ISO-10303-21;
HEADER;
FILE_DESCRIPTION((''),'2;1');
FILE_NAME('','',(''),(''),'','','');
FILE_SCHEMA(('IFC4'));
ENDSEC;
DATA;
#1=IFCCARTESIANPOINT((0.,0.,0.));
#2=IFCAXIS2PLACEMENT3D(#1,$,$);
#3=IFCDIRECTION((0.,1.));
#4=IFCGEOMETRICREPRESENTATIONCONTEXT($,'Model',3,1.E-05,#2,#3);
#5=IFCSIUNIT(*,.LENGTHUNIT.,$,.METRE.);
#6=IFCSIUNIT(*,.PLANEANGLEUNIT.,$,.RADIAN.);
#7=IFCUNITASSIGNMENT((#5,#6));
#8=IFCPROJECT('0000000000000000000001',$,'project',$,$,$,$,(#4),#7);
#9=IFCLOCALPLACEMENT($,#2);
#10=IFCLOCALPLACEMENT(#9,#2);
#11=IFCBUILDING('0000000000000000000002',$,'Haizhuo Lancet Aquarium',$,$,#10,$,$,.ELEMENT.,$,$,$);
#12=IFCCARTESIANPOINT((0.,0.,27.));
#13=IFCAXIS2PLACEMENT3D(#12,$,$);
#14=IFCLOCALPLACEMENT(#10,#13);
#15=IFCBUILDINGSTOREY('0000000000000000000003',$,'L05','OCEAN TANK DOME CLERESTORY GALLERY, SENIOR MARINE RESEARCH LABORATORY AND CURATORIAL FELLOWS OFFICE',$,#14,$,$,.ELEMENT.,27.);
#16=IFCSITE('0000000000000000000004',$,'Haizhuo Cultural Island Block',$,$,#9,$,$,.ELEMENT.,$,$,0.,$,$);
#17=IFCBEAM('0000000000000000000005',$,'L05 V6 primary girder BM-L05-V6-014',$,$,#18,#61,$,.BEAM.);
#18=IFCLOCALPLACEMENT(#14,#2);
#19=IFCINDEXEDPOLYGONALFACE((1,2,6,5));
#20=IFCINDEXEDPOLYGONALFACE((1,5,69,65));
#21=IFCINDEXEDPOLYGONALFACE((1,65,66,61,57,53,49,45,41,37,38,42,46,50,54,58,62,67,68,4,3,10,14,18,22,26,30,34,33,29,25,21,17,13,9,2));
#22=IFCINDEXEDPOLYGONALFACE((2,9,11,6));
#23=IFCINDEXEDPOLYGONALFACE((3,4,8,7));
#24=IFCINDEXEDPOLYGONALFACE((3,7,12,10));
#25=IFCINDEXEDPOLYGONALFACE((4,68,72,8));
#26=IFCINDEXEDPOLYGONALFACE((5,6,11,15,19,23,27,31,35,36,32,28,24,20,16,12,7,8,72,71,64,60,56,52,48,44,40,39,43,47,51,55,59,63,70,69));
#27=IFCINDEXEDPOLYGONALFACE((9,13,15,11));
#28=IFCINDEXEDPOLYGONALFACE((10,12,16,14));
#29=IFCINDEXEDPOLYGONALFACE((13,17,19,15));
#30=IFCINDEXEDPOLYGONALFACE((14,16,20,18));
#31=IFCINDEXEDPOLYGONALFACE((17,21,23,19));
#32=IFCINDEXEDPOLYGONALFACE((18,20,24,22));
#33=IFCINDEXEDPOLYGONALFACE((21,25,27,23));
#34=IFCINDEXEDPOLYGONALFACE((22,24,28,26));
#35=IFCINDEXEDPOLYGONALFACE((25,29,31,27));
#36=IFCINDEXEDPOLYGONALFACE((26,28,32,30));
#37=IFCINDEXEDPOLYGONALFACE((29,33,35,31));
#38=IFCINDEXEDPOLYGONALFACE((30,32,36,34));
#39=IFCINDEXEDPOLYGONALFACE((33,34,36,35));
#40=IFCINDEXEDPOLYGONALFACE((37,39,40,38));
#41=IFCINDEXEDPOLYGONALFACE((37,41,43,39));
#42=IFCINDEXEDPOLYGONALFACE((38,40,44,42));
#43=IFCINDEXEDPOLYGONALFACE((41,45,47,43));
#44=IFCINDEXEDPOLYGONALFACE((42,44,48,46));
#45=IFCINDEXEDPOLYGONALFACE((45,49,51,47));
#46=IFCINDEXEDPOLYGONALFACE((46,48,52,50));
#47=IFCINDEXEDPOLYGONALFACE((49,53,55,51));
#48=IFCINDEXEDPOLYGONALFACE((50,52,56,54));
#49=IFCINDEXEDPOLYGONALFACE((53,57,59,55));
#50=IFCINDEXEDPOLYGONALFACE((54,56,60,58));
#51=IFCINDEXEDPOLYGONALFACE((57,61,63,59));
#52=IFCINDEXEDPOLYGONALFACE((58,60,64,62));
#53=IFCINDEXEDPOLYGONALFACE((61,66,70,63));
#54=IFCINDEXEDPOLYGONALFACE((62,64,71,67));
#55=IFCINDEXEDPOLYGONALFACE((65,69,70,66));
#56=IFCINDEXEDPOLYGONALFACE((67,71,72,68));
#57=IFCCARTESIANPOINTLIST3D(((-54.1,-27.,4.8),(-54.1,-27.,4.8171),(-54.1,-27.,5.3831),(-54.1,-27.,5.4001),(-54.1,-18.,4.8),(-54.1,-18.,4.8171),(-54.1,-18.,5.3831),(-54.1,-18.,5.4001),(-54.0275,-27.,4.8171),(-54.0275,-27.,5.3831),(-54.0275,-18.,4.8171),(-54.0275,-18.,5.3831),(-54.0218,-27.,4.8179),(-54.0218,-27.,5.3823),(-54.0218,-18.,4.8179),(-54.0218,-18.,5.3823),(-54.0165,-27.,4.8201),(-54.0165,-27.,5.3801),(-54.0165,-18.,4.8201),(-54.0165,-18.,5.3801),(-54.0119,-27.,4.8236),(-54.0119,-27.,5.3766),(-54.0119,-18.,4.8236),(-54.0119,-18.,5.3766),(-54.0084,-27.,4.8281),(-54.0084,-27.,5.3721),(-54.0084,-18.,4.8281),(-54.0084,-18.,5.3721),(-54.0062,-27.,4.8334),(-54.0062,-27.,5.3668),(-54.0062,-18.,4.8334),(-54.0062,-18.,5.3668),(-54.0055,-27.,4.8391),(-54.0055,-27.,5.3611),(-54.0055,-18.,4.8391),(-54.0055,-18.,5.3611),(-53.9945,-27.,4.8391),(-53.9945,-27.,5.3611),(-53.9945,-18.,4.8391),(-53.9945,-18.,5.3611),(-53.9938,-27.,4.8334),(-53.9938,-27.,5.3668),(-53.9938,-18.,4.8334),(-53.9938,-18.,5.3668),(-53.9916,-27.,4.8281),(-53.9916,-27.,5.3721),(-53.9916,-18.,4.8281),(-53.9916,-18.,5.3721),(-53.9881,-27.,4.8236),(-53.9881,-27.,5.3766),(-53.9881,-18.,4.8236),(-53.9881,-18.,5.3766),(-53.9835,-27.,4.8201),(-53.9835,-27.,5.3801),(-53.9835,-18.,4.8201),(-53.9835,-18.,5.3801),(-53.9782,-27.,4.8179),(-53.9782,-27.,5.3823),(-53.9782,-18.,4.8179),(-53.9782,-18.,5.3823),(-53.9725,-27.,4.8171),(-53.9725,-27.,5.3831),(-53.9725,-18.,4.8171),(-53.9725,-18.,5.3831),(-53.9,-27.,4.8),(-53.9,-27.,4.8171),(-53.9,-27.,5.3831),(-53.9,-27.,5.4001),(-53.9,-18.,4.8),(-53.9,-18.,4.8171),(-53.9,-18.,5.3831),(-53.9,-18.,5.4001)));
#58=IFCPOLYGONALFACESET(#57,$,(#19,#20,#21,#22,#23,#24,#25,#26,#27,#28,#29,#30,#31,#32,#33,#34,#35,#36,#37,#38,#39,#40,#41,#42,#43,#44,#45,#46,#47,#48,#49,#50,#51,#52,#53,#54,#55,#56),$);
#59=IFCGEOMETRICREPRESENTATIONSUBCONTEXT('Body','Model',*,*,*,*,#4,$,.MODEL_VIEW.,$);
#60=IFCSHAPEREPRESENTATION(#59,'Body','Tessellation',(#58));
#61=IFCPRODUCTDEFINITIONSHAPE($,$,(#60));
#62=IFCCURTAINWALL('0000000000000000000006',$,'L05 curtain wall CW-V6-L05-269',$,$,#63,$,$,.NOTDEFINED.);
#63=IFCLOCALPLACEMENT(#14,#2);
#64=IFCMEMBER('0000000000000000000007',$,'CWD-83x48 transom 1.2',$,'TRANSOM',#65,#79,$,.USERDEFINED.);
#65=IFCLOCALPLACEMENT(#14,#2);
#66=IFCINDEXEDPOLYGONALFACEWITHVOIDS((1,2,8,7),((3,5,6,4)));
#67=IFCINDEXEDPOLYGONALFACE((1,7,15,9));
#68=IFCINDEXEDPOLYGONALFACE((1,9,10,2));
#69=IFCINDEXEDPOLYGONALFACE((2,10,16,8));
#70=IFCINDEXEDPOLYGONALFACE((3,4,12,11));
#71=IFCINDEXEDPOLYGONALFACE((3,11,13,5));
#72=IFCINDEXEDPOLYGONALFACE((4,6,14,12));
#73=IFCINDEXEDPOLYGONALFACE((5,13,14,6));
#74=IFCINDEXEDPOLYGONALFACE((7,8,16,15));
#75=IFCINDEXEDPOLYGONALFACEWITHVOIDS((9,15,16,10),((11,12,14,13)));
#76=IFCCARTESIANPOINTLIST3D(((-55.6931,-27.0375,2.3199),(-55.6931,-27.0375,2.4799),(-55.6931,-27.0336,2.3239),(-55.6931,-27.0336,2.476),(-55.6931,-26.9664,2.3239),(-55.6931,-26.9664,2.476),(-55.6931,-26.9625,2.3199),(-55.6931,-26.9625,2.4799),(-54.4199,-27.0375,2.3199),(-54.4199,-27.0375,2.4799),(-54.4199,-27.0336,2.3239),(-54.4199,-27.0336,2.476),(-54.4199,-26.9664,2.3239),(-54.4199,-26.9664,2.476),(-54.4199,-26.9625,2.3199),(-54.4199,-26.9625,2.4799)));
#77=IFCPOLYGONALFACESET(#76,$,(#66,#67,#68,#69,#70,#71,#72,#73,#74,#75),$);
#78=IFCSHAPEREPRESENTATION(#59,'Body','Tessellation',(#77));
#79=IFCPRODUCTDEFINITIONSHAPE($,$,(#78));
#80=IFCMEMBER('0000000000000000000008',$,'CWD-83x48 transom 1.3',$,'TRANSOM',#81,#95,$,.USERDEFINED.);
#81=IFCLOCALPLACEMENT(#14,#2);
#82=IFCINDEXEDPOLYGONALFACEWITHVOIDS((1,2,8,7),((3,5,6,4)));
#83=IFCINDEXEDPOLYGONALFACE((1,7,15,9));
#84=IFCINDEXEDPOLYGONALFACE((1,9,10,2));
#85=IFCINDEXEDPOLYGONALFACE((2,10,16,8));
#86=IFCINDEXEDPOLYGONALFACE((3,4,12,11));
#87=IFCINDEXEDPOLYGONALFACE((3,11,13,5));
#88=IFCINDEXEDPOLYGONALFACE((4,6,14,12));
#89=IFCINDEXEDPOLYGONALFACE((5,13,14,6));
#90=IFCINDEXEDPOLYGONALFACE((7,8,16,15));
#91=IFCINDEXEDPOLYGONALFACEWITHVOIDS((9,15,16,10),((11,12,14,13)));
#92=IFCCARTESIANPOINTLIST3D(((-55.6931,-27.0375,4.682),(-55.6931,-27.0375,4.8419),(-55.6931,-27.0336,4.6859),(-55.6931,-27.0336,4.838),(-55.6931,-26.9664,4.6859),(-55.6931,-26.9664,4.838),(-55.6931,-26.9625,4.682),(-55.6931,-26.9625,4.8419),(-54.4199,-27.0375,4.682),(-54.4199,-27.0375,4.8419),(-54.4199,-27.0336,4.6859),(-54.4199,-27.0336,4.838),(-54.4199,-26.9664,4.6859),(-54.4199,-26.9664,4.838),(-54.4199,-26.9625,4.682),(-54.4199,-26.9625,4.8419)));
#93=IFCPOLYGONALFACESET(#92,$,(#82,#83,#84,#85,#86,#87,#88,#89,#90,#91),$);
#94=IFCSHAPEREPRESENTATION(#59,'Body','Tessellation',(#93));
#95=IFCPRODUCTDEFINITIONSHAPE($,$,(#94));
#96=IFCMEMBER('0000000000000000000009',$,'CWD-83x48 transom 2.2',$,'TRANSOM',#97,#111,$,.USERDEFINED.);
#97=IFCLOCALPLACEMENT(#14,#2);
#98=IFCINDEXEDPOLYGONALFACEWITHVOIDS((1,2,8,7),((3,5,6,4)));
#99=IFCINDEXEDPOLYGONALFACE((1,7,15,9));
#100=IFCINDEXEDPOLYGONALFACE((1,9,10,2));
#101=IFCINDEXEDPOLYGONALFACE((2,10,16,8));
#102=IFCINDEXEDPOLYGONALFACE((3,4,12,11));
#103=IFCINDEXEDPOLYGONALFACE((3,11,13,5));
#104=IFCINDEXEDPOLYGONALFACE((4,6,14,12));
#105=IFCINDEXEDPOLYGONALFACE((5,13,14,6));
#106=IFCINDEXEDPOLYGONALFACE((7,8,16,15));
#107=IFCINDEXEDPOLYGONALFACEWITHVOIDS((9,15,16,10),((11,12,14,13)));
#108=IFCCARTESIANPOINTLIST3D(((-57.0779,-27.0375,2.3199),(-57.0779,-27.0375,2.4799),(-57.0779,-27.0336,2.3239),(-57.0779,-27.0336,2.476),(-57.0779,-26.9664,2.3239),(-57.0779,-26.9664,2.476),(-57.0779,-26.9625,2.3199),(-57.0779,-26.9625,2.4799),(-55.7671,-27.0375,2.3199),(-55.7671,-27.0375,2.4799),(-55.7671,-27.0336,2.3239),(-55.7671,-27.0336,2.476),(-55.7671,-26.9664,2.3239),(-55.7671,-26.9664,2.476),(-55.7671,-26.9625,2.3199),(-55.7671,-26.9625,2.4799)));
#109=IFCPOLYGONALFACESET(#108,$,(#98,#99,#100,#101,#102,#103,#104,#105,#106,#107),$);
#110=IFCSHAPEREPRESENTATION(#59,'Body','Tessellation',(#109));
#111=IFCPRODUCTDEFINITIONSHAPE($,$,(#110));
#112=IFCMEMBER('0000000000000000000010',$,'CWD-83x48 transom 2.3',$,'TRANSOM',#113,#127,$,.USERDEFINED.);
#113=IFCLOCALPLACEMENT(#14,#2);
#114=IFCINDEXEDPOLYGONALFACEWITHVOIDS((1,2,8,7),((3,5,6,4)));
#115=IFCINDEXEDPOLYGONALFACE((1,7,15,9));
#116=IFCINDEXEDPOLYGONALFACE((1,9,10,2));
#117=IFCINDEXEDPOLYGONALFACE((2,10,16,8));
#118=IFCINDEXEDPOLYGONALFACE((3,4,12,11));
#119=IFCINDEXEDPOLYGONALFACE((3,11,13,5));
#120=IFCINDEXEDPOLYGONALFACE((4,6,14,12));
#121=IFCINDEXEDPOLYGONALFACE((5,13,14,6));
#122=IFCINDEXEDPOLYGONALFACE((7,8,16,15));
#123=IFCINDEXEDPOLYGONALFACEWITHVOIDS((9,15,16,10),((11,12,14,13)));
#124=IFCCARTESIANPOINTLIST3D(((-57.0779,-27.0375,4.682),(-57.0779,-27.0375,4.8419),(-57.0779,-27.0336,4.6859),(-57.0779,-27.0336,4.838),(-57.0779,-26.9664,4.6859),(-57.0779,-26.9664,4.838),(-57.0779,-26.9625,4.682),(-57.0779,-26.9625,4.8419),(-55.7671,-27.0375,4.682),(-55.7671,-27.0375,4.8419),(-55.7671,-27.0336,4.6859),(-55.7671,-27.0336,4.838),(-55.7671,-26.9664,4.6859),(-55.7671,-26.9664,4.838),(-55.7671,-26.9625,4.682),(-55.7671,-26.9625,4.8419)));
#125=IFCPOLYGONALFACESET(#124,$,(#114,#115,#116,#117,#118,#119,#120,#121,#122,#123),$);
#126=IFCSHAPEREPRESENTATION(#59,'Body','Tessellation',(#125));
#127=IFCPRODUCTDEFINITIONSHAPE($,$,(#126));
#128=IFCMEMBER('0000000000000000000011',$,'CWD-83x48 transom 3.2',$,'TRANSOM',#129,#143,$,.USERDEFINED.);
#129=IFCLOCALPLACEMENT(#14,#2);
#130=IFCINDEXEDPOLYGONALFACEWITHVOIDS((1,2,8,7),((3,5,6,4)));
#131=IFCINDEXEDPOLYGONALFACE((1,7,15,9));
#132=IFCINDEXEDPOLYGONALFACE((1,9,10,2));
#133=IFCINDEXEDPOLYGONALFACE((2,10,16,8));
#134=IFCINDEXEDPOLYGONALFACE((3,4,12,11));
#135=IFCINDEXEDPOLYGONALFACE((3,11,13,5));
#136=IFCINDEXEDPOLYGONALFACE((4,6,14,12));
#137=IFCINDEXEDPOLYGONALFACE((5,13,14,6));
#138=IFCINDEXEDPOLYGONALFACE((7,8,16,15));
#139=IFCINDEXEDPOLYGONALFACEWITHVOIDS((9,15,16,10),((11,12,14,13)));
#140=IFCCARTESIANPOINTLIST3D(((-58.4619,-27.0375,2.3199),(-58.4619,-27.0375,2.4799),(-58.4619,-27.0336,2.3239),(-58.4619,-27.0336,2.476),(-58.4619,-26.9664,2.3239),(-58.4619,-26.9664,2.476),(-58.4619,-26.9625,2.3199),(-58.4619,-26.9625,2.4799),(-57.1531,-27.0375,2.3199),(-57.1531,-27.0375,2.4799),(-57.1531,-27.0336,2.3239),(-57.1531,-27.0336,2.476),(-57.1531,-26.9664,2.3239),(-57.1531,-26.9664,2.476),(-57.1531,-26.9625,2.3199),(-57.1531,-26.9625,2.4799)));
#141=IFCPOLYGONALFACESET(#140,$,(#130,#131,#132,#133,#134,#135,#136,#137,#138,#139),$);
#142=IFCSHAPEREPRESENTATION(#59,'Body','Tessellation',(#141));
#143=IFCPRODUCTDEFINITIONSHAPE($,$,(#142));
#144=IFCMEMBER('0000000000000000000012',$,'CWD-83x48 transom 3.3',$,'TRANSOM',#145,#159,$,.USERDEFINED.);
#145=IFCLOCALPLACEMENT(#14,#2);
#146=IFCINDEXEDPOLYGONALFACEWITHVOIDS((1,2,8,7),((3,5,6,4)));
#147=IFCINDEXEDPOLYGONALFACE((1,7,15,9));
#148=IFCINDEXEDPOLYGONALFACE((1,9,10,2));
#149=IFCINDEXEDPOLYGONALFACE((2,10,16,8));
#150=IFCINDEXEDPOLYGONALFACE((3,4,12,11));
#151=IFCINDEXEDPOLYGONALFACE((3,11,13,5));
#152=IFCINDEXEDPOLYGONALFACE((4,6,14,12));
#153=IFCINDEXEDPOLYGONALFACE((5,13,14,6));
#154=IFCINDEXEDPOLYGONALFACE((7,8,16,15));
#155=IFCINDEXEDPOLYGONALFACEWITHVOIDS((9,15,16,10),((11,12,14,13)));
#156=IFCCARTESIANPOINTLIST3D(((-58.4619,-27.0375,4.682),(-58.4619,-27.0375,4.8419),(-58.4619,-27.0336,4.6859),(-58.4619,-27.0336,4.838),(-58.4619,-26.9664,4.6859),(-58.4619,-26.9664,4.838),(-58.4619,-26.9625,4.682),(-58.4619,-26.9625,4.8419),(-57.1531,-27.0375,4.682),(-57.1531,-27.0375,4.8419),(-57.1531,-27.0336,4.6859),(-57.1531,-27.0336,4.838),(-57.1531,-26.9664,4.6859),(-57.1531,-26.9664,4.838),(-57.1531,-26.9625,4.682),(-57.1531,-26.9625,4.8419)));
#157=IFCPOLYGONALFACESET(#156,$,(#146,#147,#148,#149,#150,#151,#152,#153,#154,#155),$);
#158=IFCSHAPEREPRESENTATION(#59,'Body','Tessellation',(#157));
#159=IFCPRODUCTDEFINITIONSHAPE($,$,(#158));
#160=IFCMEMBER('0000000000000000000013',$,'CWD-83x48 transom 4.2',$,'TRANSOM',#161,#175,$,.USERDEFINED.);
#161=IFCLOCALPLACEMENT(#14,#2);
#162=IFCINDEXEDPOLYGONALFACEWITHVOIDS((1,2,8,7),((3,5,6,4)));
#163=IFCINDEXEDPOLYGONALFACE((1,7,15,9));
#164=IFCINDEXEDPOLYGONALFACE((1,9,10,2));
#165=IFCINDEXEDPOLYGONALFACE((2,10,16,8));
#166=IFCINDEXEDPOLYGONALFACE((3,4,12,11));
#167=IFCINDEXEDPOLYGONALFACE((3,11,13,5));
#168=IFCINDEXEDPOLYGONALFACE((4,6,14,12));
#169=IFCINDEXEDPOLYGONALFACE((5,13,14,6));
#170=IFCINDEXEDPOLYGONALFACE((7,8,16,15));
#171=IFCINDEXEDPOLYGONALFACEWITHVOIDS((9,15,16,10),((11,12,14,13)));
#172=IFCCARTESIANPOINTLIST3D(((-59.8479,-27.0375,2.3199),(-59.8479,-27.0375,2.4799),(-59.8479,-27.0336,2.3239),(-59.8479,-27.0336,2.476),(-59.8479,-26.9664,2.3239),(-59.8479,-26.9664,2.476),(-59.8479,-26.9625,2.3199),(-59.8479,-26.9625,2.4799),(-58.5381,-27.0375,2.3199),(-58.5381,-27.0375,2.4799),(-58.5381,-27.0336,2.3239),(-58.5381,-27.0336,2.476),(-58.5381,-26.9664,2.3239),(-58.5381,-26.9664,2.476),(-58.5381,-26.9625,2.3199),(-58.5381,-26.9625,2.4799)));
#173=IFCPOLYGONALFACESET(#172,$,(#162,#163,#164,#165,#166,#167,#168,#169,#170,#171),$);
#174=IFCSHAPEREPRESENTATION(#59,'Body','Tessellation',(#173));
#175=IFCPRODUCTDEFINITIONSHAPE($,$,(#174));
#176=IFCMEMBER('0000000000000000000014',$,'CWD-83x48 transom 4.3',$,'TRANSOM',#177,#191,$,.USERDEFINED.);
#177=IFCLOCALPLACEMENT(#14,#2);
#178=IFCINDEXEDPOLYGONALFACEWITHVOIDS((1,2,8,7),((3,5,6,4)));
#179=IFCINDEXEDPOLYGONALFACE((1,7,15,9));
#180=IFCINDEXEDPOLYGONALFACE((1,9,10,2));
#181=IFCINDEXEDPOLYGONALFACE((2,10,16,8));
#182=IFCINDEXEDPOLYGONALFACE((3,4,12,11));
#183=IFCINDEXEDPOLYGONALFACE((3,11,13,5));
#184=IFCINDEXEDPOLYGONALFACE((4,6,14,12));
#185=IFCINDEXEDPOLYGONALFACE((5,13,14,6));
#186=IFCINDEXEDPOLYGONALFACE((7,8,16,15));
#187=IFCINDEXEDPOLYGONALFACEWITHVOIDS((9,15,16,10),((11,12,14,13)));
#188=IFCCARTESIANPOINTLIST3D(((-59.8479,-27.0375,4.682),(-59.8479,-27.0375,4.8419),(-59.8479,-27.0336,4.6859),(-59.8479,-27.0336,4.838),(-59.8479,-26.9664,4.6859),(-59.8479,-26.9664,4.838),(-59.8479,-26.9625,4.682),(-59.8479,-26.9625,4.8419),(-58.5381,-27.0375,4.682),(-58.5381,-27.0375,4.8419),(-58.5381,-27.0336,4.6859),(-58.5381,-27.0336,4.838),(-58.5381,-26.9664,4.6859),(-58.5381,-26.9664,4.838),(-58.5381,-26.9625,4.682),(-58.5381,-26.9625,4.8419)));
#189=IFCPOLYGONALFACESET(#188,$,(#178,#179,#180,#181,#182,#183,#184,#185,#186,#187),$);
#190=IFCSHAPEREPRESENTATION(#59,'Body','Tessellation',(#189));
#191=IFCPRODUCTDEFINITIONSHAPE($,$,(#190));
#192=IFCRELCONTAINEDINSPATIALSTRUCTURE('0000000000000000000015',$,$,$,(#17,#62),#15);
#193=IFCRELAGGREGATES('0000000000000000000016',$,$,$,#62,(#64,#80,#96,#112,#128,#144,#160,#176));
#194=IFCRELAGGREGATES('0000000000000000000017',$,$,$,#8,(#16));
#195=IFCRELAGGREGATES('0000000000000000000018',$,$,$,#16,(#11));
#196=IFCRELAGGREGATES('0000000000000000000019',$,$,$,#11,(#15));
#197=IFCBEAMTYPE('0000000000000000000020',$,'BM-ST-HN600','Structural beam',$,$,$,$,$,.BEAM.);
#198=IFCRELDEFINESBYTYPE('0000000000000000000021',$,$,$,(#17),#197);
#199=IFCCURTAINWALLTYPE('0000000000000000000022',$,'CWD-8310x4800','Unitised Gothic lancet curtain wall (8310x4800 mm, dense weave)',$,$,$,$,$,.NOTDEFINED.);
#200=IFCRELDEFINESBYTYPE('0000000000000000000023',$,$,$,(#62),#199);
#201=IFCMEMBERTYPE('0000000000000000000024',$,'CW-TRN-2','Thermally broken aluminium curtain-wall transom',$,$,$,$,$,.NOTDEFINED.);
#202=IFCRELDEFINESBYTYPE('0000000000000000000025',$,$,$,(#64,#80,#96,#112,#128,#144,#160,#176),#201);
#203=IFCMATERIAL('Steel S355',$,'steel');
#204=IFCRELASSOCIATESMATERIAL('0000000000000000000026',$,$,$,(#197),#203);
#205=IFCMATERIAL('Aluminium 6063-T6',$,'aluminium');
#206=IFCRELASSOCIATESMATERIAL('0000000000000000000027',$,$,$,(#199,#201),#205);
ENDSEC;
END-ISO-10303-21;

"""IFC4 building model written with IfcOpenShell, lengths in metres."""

from ifc_helpers import new_model, si_unit, direction, frame, origin, origin_2d, place, context, subcontext, project, spatial, hollow_rectangle, i_section, extrude, material, material_profile, profile_set, type_object, element, aggregate, save


model = new_model("IFC4")

# Units and contexts
model_context = context("Model", 3, precision=1e-05, world=origin(), true_north=direction((0.0, 1.0)))
body_context = subcontext(model_context, "Body", "Model", "MODEL_VIEW")
ifc_project = project(units=[si_unit("LENGTHUNIT", "METRE"), si_unit("PLANEANGLEUNIT", "RADIAN")], contexts=[model_context])

# Site, building, storey
site_placement = place(None, origin())
site = spatial("IfcSite", under=ifc_project, at=site_placement, Name="Haizhuo Cultural Island Block", CompositionType="ELEMENT", RefElevation=0.0)
building_placement = place(site_placement, origin())
building = spatial("IfcBuilding", under=site, at=building_placement, Name="Haizhuo Lancet Aquarium", CompositionType="ELEMENT")
storey_placement = place(building_placement, frame((0.0, 0.0, 27.0)))
storey = spatial("IfcBuildingStorey", under=building, at=storey_placement, Name="L05", Description="OCEAN TANK DOME CLERESTORY GALLERY, SENIOR MARINE RESEARCH LABORATORY AND CURATORIAL FELLOWS OFFICE", CompositionType="ELEMENT", Elevation=27.0)

# Beam
ifc_material_1 = material(Name="Steel S355", Category="steel")
ifc_material_profile_1 = material_profile(ifc_material_1, i_section(OverallWidth=0.2, OverallDepth=0.6001, WebThickness=0.011, FlangeThickness=0.0171, FilletRadius=0.022, at=origin_2d()), Name="HN 600x200x11x17")
ifc_profile_set_1 = profile_set([ifc_material_profile_1], Name="Steel S355")
beam_type = type_object("IfcBeamType", Name="BM-ST-HN600", Description="Structural beam", PredefinedType="BEAM", material=ifc_profile_set_1)
beam_placement = place(storey_placement, frame((-54.0, -27.0, 5.1001), z_axis=(0.0, 1.0, 0.0), x_axis=(-1.0, 0.0, 0.0)))
element("IfcBeam", 1, at=beam_placement, inside=storey, type_object=beam_type, Name="L05 V6 primary girder BM-L05-V6-014", PredefinedType="BEAM", context=body_context, shape_type="SweptSolid", body=[
    extrude(i_section(OverallWidth=0.2, OverallDepth=0.6001, WebThickness=0.011, FlangeThickness=0.0171, FilletRadius=0.022, at=origin_2d()), origin(), (0.0, 0.0, 1.0), 9.0),
])

# Curtain wall, members
ifc_material_2 = material(Name="Aluminium 6063-T6", Category="aluminium")
curtain_wall_type = type_object("IfcCurtainWallType", Name="CWD-8310x4800", Description="Unitised Gothic lancet curtain wall (8310x4800 mm, dense weave)", PredefinedType="NOTDEFINED", material=ifc_material_2)
curtain_wall_placement = place(storey_placement, origin())
curtain_wall = element("IfcCurtainWall", 2, at=curtain_wall_placement, inside=storey, type_object=curtain_wall_type, Name="L05 curtain wall CW-V6-L05-269", PredefinedType="NOTDEFINED")
ifc_material_profile_2 = material_profile(ifc_material_2, hollow_rectangle(XDim=0.075, YDim=0.1599, WallThickness=0.0039, at=origin_2d()), Name="ALU-T 75x160x4")
ifc_profile_set_2 = profile_set([ifc_material_profile_2], Name="Aluminium 6063-T6")
member_type_1 = type_object("IfcMemberType", Name="CW-TRN-2", Description="Thermally broken aluminium curtain-wall transom", PredefinedType="NOTDEFINED", material=ifc_profile_set_2)
member_1_placement = place(storey_placement, frame((-54.4199, -27.0, 2.3999), z_axis=(-1.0, 0.0, 0.0), x_axis=(0.0, -1.0, 0.0)))
member_1 = element("IfcMember", 3, at=member_1_placement, type_object=member_type_1, Name="CWD-83x48 transom 1.2", ObjectType="TRANSOM", PredefinedType="USERDEFINED", context=body_context, shape_type="SweptSolid", body=[
    extrude(hollow_rectangle(XDim=0.075, YDim=0.1599, WallThickness=0.0039, at=origin_2d()), origin(), (0.0, 0.0, 1.0), 1.2732),
])
member_2_placement = place(storey_placement, frame((-54.4199, -27.0, 4.762), z_axis=(-1.0, 0.0, 0.0), x_axis=(0.0, -1.0, 0.0)))
member_2 = element("IfcMember", 4, at=member_2_placement, type_object=member_type_1, Name="CWD-83x48 transom 1.3", ObjectType="TRANSOM", PredefinedType="USERDEFINED", context=body_context, shape_type="SweptSolid", body=[
    extrude(hollow_rectangle(XDim=0.075, YDim=0.1599, WallThickness=0.0039, at=origin_2d()), origin(), (0.0, 0.0, 1.0), 1.2732),
])
member_3_placement = place(storey_placement, frame((-55.7671, -27.0, 2.3999), z_axis=(-1.0, 0.0, 0.0), x_axis=(0.0, -1.0, 0.0)))
member_3 = element("IfcMember", 5, at=member_3_placement, type_object=member_type_1, Name="CWD-83x48 transom 2.2", ObjectType="TRANSOM", PredefinedType="USERDEFINED", context=body_context, shape_type="SweptSolid", body=[
    extrude(hollow_rectangle(XDim=0.075, YDim=0.1599, WallThickness=0.0039, at=origin_2d()), origin(), (0.0, 0.0, 1.0), 1.3108),
])
member_4_placement = place(storey_placement, frame((-55.7671, -27.0, 4.762), z_axis=(-1.0, 0.0, 0.0), x_axis=(0.0, -1.0, 0.0)))
member_4 = element("IfcMember", 6, at=member_4_placement, type_object=member_type_1, Name="CWD-83x48 transom 2.3", ObjectType="TRANSOM", PredefinedType="USERDEFINED", context=body_context, shape_type="SweptSolid", body=[
    extrude(hollow_rectangle(XDim=0.075, YDim=0.1599, WallThickness=0.0039, at=origin_2d()), origin(), (0.0, 0.0, 1.0), 1.3108),
])
member_5_placement = place(storey_placement, frame((-57.1531, -27.0, 2.3999), z_axis=(-1.0, 0.0, 0.0), x_axis=(0.0, -1.0, 0.0)))
member_5 = element("IfcMember", 7, at=member_5_placement, type_object=member_type_1, Name="CWD-83x48 transom 3.2", ObjectType="TRANSOM", PredefinedType="USERDEFINED", context=body_context, shape_type="SweptSolid", body=[
    extrude(hollow_rectangle(XDim=0.075, YDim=0.1599, WallThickness=0.0039, at=origin_2d()), origin(), (0.0, 0.0, 1.0), 1.3088),
])
member_6_placement = place(storey_placement, frame((-57.1531, -27.0, 4.762), z_axis=(-1.0, 0.0, 0.0), x_axis=(0.0, -1.0, 0.0)))
member_6 = element("IfcMember", 8, at=member_6_placement, type_object=member_type_1, Name="CWD-83x48 transom 3.3", ObjectType="TRANSOM", PredefinedType="USERDEFINED", context=body_context, shape_type="SweptSolid", body=[
    extrude(hollow_rectangle(XDim=0.075, YDim=0.1599, WallThickness=0.0039, at=origin_2d()), origin(), (0.0, 0.0, 1.0), 1.3088),
])
member_7_placement = place(storey_placement, frame((-58.5381, -27.0, 2.3999), z_axis=(-1.0, 0.0, 0.0), x_axis=(0.0, -1.0, 0.0)))
member_7 = element("IfcMember", 9, at=member_7_placement, type_object=member_type_1, Name="CWD-83x48 transom 4.2", ObjectType="TRANSOM", PredefinedType="USERDEFINED", context=body_context, shape_type="SweptSolid", body=[
    extrude(hollow_rectangle(XDim=0.075, YDim=0.1599, WallThickness=0.0039, at=origin_2d()), origin(), (0.0, 0.0, 1.0), 1.3098),
])
member_8_placement = place(storey_placement, frame((-58.5381, -27.0, 4.762), z_axis=(-1.0, 0.0, 0.0), x_axis=(0.0, -1.0, 0.0)))
member_8 = element("IfcMember", 10, at=member_8_placement, type_object=member_type_1, Name="CWD-83x48 transom 4.3", ObjectType="TRANSOM", PredefinedType="USERDEFINED", context=body_context, shape_type="SweptSolid", body=[
    extrude(hollow_rectangle(XDim=0.075, YDim=0.1599, WallThickness=0.0039, at=origin_2d()), origin(), (0.0, 0.0, 1.0), 1.3098),
])

aggregate(curtain_wall, [member_1, member_2, member_3, member_4, member_5, member_6, member_7, member_8])

save(model, "model.ifc")
